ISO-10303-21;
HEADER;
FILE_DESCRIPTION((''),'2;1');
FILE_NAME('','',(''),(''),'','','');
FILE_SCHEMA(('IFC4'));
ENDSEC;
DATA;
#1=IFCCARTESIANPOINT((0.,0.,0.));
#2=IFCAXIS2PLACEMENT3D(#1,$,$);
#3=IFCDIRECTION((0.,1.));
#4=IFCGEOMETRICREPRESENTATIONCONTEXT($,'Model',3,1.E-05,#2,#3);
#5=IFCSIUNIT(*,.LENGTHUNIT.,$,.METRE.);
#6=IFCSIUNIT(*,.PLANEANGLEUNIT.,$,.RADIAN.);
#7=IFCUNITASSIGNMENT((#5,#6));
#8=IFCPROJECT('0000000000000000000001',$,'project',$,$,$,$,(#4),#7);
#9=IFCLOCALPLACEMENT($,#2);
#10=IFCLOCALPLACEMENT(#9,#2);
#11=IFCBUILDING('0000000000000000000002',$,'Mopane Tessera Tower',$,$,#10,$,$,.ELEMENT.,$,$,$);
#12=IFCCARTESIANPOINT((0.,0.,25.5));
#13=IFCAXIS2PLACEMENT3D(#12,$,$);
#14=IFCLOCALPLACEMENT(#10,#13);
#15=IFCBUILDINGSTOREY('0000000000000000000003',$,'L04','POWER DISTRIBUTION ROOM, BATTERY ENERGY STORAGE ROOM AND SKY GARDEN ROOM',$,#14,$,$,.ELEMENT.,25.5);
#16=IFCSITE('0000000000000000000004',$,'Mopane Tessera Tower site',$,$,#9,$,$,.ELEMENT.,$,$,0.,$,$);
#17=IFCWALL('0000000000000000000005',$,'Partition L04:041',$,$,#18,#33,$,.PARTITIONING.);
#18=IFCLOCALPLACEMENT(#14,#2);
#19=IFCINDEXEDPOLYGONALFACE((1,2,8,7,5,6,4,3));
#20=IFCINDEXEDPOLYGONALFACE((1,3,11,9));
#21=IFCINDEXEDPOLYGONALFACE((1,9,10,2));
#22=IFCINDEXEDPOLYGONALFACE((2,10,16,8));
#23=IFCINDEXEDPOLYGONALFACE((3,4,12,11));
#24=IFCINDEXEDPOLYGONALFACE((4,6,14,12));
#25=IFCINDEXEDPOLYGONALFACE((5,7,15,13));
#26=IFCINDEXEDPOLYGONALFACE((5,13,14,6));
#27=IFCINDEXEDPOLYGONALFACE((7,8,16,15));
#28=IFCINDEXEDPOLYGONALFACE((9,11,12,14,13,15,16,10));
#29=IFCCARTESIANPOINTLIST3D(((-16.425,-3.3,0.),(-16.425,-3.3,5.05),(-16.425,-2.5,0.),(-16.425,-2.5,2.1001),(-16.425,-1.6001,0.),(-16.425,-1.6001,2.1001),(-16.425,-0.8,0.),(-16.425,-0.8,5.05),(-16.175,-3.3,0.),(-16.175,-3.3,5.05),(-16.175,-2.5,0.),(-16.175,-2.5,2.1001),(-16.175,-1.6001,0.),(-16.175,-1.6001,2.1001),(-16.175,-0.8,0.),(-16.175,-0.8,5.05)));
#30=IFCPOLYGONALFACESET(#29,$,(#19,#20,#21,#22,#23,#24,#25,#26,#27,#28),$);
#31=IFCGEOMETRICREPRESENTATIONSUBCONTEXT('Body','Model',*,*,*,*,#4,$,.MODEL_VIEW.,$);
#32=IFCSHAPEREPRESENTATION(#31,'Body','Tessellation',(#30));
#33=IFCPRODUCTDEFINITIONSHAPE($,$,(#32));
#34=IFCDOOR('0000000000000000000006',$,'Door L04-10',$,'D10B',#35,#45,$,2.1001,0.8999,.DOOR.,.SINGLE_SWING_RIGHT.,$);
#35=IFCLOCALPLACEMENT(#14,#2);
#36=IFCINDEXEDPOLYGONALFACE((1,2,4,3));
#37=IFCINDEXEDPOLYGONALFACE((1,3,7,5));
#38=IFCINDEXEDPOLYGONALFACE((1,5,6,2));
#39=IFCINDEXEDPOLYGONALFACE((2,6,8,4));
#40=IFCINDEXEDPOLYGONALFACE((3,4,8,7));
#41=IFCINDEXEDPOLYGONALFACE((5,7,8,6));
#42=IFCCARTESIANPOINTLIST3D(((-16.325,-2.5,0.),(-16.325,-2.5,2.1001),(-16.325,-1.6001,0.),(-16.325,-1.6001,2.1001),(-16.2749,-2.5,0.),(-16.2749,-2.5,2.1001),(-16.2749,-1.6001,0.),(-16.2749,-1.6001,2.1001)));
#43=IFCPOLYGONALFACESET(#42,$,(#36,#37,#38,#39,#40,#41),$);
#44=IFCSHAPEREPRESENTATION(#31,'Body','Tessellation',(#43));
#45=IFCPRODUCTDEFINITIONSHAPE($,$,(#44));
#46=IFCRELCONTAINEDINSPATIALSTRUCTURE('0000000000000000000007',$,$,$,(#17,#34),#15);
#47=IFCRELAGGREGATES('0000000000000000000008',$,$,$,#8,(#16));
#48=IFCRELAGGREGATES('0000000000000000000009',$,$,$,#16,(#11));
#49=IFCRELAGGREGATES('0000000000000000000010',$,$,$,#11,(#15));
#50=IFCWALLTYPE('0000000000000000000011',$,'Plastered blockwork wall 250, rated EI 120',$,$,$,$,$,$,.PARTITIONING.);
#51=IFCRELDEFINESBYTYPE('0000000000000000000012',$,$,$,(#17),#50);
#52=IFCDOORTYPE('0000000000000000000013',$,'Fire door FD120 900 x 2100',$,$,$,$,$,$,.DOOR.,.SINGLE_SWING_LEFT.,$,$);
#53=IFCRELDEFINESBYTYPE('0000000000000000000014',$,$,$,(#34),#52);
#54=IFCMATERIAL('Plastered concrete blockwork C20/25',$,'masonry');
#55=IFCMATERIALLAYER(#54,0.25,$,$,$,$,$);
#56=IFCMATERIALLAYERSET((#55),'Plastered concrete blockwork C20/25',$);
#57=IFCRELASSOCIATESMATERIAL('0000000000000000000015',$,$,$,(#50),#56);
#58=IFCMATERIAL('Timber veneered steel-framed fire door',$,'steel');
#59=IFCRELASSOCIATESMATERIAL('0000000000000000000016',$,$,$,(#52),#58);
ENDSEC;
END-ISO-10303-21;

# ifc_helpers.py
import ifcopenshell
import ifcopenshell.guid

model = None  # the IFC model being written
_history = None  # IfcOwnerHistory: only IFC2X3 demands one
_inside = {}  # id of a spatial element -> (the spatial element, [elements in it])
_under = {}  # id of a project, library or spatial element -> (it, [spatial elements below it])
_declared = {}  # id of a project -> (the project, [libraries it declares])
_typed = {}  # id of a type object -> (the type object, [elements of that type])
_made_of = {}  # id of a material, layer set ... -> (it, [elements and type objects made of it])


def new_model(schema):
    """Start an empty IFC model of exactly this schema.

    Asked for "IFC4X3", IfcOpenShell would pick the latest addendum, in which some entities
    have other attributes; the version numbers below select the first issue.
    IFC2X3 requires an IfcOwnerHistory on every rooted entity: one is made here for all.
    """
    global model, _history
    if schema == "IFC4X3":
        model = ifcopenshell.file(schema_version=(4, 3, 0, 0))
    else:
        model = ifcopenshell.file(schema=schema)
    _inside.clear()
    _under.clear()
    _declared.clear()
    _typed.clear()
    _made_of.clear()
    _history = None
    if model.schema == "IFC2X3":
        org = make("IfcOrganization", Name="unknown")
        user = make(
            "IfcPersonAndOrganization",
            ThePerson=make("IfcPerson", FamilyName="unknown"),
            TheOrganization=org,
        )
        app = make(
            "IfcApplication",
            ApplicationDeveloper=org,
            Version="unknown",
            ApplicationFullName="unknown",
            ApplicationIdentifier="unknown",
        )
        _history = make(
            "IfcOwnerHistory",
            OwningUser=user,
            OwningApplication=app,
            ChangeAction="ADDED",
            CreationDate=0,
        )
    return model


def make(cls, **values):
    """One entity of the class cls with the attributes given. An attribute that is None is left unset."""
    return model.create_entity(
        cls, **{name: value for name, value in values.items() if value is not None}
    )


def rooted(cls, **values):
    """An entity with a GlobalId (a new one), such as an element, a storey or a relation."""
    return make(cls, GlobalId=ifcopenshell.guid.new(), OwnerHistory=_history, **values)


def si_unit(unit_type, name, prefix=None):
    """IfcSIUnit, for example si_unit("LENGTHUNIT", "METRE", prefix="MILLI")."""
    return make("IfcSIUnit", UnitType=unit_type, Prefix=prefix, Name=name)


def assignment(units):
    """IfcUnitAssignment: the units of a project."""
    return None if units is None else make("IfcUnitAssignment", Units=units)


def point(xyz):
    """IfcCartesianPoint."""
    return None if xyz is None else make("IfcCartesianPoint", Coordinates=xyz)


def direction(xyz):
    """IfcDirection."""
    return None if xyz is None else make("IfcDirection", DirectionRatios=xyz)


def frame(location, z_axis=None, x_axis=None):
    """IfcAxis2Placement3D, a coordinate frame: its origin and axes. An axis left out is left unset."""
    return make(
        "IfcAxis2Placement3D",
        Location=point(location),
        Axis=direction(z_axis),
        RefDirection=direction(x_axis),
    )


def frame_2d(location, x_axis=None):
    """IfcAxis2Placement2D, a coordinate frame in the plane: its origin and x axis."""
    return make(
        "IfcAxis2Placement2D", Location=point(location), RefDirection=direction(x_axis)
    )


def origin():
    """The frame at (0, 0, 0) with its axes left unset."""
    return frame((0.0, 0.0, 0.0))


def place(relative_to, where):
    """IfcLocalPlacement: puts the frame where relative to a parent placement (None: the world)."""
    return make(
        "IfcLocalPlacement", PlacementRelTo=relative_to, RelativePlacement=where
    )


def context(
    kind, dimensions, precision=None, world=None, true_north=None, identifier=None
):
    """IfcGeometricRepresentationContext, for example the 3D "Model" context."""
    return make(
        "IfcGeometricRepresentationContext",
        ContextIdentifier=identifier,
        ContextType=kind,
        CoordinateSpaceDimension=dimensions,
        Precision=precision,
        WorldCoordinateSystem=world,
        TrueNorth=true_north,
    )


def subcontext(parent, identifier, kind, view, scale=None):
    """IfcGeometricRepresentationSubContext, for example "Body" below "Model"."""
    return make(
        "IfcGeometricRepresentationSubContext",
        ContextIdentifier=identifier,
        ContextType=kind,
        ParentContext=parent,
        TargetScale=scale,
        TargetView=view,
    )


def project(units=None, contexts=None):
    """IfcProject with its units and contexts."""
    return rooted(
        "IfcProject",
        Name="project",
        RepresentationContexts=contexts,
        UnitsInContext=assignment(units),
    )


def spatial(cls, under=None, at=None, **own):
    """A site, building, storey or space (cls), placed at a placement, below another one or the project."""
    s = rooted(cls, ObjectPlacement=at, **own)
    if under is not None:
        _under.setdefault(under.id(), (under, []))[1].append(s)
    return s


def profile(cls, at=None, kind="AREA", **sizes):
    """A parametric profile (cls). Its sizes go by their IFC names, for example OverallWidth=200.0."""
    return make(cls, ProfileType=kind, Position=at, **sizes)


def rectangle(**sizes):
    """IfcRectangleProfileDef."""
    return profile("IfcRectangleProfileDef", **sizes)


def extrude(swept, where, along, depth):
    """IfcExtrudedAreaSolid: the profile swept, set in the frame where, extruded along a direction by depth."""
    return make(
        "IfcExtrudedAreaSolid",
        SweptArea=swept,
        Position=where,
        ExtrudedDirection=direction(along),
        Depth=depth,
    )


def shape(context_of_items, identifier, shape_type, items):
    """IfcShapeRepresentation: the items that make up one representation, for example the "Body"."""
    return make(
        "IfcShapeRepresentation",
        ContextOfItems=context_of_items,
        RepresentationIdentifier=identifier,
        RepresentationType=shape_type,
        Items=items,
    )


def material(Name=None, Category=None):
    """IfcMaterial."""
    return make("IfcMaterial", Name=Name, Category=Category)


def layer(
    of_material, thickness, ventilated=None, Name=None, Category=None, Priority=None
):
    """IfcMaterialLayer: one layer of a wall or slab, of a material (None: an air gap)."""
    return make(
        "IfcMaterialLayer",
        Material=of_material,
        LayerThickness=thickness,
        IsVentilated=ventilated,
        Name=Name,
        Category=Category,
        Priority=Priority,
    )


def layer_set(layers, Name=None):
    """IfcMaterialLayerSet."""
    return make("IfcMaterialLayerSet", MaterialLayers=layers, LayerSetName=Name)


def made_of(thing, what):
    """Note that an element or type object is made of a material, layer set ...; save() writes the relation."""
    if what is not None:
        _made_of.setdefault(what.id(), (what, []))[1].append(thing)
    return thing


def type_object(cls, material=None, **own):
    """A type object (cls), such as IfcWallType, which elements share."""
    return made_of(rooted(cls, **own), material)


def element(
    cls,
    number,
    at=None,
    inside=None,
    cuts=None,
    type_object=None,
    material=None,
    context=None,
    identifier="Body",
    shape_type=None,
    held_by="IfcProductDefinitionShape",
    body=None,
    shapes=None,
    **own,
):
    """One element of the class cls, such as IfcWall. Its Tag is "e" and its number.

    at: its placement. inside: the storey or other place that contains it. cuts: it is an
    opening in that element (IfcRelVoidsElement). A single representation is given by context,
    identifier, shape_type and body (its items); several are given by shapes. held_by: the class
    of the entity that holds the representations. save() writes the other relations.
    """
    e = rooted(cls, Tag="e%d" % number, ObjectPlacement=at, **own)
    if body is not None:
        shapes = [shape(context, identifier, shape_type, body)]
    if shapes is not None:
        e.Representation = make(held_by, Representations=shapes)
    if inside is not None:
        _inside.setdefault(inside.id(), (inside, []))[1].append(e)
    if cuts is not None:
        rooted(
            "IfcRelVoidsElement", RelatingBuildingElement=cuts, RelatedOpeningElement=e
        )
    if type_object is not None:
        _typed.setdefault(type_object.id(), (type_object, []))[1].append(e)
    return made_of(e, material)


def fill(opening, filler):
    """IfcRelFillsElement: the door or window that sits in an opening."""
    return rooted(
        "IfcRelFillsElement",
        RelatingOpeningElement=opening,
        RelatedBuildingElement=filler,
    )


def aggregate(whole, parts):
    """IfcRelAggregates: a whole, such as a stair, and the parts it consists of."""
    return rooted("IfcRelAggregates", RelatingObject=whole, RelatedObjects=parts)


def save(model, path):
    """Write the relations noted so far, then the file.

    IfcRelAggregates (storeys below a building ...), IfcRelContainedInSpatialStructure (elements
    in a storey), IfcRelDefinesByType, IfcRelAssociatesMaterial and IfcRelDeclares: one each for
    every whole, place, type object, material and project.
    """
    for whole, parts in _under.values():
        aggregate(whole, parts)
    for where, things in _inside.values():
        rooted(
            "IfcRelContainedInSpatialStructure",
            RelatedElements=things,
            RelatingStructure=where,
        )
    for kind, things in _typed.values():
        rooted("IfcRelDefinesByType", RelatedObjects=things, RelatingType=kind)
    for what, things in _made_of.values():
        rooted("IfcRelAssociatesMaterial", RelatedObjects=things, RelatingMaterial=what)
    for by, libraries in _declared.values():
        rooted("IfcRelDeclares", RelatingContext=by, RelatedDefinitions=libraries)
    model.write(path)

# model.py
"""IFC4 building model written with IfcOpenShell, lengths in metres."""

from ifc_helpers import new_model, si_unit, direction, frame, frame_2d, origin, place, context, subcontext, project, spatial, rectangle, extrude, material, layer, layer_set, type_object, element, fill, save


model = new_model("IFC4")

# Units and contexts
model_context = context("Model", 3, precision=1e-05, world=origin(), true_north=direction((0.0, 1.0)))
body_context = subcontext(model_context, "Body", "Model", "MODEL_VIEW")
ifc_project = project(units=[si_unit("LENGTHUNIT", "METRE"), si_unit("PLANEANGLEUNIT", "RADIAN")], contexts=[model_context])

# Site, building, storey
site_placement = place(None, origin())
site = spatial("IfcSite", under=ifc_project, at=site_placement, Name="Mopane Tessera Tower site", CompositionType="ELEMENT", RefElevation=0.0)
building_placement = place(site_placement, origin())
building = spatial("IfcBuilding", under=site, at=building_placement, Name="Mopane Tessera Tower", CompositionType="ELEMENT")
storey_placement = place(building_placement, frame((0.0, 0.0, 25.5)))
storey = spatial("IfcBuildingStorey", under=building, at=storey_placement, Name="L04", Description="POWER DISTRIBUTION ROOM, BATTERY ENERGY STORAGE ROOM AND SKY GARDEN ROOM", CompositionType="ELEMENT", Elevation=25.5)

# Shared definitions
ifc_material_1 = material(Name="Plastered concrete blockwork C20/25", Category="masonry")
ifc_layer_1 = layer(ifc_material_1, 0.25)
ifc_layer_set_1 = layer_set([ifc_layer_1], Name="Plastered concrete blockwork C20/25")
wall_type_1 = type_object("IfcWallType", Name="Plastered blockwork wall 250, rated EI 120", PredefinedType="PARTITIONING", material=ifc_layer_set_1)

# Wall, opening, door
wall_1_placement = place(storey_placement, frame((-16.3, -3.3, 0.0), z_axis=(0.0, 0.0, 1.0), x_axis=(0.0, 1.0, 0.0)))
wall_1 = element("IfcWall", 1, at=wall_1_placement, inside=storey, type_object=wall_type_1, Name="Partition L04:041", PredefinedType="PARTITIONING", context=body_context, shape_type="SweptSolid", body=[
    extrude(rectangle(XDim=2.5, YDim=0.25, at=frame_2d((1.25, 0.0))), origin(), (0.0, 0.0, 1.0), 5.05),
])
opening_1_placement = place(wall_1_placement, frame((0.8, 0.0, 0.0)))
opening_1 = element("IfcOpeningElement", 2, at=opening_1_placement, cuts=wall_1, PredefinedType="OPENING", context=body_context, shape_type="SweptSolid", body=[
    extrude(rectangle(XDim=0.8999, YDim=2.1001, at=frame_2d((0.45, 1.05))), frame((0.0, 0.137, 0.0), z_axis=(0.0, -1.0, 0.0), x_axis=(1.0, 0.0, 0.0)), (0.0, 0.0, 1.0), 0.2739),
])
ifc_material_2 = material(Name="Timber veneered steel-framed fire door", Category="steel")
door_type_1 = type_object("IfcDoorType", Name="Fire door FD120 900 x 2100", OperationType="SINGLE_SWING_LEFT", PredefinedType="DOOR", material=ifc_material_2)
door_1_placement = place(opening_1_placement, origin())
door_1 = element("IfcDoor", 3, at=door_1_placement, inside=storey, type_object=door_type_1, Name="Door L04-10", ObjectType="D10B", OperationType="SINGLE_SWING_RIGHT", OverallHeight=2.1001, OverallWidth=0.8999, PredefinedType="DOOR", context=body_context, shape_type="SweptSolid", body=[
    extrude(rectangle(XDim=0.8999, YDim=2.1001, at=frame_2d((0.45, 1.05))), frame((0.0, 0.0249, 0.0), z_axis=(0.0, -1.0, 0.0), x_axis=(1.0, 0.0, 0.0)), (0.0, 0.0, 1.0), 0.05),
])
fill(opening_1, door_1)

save(model, "model.ifc")
